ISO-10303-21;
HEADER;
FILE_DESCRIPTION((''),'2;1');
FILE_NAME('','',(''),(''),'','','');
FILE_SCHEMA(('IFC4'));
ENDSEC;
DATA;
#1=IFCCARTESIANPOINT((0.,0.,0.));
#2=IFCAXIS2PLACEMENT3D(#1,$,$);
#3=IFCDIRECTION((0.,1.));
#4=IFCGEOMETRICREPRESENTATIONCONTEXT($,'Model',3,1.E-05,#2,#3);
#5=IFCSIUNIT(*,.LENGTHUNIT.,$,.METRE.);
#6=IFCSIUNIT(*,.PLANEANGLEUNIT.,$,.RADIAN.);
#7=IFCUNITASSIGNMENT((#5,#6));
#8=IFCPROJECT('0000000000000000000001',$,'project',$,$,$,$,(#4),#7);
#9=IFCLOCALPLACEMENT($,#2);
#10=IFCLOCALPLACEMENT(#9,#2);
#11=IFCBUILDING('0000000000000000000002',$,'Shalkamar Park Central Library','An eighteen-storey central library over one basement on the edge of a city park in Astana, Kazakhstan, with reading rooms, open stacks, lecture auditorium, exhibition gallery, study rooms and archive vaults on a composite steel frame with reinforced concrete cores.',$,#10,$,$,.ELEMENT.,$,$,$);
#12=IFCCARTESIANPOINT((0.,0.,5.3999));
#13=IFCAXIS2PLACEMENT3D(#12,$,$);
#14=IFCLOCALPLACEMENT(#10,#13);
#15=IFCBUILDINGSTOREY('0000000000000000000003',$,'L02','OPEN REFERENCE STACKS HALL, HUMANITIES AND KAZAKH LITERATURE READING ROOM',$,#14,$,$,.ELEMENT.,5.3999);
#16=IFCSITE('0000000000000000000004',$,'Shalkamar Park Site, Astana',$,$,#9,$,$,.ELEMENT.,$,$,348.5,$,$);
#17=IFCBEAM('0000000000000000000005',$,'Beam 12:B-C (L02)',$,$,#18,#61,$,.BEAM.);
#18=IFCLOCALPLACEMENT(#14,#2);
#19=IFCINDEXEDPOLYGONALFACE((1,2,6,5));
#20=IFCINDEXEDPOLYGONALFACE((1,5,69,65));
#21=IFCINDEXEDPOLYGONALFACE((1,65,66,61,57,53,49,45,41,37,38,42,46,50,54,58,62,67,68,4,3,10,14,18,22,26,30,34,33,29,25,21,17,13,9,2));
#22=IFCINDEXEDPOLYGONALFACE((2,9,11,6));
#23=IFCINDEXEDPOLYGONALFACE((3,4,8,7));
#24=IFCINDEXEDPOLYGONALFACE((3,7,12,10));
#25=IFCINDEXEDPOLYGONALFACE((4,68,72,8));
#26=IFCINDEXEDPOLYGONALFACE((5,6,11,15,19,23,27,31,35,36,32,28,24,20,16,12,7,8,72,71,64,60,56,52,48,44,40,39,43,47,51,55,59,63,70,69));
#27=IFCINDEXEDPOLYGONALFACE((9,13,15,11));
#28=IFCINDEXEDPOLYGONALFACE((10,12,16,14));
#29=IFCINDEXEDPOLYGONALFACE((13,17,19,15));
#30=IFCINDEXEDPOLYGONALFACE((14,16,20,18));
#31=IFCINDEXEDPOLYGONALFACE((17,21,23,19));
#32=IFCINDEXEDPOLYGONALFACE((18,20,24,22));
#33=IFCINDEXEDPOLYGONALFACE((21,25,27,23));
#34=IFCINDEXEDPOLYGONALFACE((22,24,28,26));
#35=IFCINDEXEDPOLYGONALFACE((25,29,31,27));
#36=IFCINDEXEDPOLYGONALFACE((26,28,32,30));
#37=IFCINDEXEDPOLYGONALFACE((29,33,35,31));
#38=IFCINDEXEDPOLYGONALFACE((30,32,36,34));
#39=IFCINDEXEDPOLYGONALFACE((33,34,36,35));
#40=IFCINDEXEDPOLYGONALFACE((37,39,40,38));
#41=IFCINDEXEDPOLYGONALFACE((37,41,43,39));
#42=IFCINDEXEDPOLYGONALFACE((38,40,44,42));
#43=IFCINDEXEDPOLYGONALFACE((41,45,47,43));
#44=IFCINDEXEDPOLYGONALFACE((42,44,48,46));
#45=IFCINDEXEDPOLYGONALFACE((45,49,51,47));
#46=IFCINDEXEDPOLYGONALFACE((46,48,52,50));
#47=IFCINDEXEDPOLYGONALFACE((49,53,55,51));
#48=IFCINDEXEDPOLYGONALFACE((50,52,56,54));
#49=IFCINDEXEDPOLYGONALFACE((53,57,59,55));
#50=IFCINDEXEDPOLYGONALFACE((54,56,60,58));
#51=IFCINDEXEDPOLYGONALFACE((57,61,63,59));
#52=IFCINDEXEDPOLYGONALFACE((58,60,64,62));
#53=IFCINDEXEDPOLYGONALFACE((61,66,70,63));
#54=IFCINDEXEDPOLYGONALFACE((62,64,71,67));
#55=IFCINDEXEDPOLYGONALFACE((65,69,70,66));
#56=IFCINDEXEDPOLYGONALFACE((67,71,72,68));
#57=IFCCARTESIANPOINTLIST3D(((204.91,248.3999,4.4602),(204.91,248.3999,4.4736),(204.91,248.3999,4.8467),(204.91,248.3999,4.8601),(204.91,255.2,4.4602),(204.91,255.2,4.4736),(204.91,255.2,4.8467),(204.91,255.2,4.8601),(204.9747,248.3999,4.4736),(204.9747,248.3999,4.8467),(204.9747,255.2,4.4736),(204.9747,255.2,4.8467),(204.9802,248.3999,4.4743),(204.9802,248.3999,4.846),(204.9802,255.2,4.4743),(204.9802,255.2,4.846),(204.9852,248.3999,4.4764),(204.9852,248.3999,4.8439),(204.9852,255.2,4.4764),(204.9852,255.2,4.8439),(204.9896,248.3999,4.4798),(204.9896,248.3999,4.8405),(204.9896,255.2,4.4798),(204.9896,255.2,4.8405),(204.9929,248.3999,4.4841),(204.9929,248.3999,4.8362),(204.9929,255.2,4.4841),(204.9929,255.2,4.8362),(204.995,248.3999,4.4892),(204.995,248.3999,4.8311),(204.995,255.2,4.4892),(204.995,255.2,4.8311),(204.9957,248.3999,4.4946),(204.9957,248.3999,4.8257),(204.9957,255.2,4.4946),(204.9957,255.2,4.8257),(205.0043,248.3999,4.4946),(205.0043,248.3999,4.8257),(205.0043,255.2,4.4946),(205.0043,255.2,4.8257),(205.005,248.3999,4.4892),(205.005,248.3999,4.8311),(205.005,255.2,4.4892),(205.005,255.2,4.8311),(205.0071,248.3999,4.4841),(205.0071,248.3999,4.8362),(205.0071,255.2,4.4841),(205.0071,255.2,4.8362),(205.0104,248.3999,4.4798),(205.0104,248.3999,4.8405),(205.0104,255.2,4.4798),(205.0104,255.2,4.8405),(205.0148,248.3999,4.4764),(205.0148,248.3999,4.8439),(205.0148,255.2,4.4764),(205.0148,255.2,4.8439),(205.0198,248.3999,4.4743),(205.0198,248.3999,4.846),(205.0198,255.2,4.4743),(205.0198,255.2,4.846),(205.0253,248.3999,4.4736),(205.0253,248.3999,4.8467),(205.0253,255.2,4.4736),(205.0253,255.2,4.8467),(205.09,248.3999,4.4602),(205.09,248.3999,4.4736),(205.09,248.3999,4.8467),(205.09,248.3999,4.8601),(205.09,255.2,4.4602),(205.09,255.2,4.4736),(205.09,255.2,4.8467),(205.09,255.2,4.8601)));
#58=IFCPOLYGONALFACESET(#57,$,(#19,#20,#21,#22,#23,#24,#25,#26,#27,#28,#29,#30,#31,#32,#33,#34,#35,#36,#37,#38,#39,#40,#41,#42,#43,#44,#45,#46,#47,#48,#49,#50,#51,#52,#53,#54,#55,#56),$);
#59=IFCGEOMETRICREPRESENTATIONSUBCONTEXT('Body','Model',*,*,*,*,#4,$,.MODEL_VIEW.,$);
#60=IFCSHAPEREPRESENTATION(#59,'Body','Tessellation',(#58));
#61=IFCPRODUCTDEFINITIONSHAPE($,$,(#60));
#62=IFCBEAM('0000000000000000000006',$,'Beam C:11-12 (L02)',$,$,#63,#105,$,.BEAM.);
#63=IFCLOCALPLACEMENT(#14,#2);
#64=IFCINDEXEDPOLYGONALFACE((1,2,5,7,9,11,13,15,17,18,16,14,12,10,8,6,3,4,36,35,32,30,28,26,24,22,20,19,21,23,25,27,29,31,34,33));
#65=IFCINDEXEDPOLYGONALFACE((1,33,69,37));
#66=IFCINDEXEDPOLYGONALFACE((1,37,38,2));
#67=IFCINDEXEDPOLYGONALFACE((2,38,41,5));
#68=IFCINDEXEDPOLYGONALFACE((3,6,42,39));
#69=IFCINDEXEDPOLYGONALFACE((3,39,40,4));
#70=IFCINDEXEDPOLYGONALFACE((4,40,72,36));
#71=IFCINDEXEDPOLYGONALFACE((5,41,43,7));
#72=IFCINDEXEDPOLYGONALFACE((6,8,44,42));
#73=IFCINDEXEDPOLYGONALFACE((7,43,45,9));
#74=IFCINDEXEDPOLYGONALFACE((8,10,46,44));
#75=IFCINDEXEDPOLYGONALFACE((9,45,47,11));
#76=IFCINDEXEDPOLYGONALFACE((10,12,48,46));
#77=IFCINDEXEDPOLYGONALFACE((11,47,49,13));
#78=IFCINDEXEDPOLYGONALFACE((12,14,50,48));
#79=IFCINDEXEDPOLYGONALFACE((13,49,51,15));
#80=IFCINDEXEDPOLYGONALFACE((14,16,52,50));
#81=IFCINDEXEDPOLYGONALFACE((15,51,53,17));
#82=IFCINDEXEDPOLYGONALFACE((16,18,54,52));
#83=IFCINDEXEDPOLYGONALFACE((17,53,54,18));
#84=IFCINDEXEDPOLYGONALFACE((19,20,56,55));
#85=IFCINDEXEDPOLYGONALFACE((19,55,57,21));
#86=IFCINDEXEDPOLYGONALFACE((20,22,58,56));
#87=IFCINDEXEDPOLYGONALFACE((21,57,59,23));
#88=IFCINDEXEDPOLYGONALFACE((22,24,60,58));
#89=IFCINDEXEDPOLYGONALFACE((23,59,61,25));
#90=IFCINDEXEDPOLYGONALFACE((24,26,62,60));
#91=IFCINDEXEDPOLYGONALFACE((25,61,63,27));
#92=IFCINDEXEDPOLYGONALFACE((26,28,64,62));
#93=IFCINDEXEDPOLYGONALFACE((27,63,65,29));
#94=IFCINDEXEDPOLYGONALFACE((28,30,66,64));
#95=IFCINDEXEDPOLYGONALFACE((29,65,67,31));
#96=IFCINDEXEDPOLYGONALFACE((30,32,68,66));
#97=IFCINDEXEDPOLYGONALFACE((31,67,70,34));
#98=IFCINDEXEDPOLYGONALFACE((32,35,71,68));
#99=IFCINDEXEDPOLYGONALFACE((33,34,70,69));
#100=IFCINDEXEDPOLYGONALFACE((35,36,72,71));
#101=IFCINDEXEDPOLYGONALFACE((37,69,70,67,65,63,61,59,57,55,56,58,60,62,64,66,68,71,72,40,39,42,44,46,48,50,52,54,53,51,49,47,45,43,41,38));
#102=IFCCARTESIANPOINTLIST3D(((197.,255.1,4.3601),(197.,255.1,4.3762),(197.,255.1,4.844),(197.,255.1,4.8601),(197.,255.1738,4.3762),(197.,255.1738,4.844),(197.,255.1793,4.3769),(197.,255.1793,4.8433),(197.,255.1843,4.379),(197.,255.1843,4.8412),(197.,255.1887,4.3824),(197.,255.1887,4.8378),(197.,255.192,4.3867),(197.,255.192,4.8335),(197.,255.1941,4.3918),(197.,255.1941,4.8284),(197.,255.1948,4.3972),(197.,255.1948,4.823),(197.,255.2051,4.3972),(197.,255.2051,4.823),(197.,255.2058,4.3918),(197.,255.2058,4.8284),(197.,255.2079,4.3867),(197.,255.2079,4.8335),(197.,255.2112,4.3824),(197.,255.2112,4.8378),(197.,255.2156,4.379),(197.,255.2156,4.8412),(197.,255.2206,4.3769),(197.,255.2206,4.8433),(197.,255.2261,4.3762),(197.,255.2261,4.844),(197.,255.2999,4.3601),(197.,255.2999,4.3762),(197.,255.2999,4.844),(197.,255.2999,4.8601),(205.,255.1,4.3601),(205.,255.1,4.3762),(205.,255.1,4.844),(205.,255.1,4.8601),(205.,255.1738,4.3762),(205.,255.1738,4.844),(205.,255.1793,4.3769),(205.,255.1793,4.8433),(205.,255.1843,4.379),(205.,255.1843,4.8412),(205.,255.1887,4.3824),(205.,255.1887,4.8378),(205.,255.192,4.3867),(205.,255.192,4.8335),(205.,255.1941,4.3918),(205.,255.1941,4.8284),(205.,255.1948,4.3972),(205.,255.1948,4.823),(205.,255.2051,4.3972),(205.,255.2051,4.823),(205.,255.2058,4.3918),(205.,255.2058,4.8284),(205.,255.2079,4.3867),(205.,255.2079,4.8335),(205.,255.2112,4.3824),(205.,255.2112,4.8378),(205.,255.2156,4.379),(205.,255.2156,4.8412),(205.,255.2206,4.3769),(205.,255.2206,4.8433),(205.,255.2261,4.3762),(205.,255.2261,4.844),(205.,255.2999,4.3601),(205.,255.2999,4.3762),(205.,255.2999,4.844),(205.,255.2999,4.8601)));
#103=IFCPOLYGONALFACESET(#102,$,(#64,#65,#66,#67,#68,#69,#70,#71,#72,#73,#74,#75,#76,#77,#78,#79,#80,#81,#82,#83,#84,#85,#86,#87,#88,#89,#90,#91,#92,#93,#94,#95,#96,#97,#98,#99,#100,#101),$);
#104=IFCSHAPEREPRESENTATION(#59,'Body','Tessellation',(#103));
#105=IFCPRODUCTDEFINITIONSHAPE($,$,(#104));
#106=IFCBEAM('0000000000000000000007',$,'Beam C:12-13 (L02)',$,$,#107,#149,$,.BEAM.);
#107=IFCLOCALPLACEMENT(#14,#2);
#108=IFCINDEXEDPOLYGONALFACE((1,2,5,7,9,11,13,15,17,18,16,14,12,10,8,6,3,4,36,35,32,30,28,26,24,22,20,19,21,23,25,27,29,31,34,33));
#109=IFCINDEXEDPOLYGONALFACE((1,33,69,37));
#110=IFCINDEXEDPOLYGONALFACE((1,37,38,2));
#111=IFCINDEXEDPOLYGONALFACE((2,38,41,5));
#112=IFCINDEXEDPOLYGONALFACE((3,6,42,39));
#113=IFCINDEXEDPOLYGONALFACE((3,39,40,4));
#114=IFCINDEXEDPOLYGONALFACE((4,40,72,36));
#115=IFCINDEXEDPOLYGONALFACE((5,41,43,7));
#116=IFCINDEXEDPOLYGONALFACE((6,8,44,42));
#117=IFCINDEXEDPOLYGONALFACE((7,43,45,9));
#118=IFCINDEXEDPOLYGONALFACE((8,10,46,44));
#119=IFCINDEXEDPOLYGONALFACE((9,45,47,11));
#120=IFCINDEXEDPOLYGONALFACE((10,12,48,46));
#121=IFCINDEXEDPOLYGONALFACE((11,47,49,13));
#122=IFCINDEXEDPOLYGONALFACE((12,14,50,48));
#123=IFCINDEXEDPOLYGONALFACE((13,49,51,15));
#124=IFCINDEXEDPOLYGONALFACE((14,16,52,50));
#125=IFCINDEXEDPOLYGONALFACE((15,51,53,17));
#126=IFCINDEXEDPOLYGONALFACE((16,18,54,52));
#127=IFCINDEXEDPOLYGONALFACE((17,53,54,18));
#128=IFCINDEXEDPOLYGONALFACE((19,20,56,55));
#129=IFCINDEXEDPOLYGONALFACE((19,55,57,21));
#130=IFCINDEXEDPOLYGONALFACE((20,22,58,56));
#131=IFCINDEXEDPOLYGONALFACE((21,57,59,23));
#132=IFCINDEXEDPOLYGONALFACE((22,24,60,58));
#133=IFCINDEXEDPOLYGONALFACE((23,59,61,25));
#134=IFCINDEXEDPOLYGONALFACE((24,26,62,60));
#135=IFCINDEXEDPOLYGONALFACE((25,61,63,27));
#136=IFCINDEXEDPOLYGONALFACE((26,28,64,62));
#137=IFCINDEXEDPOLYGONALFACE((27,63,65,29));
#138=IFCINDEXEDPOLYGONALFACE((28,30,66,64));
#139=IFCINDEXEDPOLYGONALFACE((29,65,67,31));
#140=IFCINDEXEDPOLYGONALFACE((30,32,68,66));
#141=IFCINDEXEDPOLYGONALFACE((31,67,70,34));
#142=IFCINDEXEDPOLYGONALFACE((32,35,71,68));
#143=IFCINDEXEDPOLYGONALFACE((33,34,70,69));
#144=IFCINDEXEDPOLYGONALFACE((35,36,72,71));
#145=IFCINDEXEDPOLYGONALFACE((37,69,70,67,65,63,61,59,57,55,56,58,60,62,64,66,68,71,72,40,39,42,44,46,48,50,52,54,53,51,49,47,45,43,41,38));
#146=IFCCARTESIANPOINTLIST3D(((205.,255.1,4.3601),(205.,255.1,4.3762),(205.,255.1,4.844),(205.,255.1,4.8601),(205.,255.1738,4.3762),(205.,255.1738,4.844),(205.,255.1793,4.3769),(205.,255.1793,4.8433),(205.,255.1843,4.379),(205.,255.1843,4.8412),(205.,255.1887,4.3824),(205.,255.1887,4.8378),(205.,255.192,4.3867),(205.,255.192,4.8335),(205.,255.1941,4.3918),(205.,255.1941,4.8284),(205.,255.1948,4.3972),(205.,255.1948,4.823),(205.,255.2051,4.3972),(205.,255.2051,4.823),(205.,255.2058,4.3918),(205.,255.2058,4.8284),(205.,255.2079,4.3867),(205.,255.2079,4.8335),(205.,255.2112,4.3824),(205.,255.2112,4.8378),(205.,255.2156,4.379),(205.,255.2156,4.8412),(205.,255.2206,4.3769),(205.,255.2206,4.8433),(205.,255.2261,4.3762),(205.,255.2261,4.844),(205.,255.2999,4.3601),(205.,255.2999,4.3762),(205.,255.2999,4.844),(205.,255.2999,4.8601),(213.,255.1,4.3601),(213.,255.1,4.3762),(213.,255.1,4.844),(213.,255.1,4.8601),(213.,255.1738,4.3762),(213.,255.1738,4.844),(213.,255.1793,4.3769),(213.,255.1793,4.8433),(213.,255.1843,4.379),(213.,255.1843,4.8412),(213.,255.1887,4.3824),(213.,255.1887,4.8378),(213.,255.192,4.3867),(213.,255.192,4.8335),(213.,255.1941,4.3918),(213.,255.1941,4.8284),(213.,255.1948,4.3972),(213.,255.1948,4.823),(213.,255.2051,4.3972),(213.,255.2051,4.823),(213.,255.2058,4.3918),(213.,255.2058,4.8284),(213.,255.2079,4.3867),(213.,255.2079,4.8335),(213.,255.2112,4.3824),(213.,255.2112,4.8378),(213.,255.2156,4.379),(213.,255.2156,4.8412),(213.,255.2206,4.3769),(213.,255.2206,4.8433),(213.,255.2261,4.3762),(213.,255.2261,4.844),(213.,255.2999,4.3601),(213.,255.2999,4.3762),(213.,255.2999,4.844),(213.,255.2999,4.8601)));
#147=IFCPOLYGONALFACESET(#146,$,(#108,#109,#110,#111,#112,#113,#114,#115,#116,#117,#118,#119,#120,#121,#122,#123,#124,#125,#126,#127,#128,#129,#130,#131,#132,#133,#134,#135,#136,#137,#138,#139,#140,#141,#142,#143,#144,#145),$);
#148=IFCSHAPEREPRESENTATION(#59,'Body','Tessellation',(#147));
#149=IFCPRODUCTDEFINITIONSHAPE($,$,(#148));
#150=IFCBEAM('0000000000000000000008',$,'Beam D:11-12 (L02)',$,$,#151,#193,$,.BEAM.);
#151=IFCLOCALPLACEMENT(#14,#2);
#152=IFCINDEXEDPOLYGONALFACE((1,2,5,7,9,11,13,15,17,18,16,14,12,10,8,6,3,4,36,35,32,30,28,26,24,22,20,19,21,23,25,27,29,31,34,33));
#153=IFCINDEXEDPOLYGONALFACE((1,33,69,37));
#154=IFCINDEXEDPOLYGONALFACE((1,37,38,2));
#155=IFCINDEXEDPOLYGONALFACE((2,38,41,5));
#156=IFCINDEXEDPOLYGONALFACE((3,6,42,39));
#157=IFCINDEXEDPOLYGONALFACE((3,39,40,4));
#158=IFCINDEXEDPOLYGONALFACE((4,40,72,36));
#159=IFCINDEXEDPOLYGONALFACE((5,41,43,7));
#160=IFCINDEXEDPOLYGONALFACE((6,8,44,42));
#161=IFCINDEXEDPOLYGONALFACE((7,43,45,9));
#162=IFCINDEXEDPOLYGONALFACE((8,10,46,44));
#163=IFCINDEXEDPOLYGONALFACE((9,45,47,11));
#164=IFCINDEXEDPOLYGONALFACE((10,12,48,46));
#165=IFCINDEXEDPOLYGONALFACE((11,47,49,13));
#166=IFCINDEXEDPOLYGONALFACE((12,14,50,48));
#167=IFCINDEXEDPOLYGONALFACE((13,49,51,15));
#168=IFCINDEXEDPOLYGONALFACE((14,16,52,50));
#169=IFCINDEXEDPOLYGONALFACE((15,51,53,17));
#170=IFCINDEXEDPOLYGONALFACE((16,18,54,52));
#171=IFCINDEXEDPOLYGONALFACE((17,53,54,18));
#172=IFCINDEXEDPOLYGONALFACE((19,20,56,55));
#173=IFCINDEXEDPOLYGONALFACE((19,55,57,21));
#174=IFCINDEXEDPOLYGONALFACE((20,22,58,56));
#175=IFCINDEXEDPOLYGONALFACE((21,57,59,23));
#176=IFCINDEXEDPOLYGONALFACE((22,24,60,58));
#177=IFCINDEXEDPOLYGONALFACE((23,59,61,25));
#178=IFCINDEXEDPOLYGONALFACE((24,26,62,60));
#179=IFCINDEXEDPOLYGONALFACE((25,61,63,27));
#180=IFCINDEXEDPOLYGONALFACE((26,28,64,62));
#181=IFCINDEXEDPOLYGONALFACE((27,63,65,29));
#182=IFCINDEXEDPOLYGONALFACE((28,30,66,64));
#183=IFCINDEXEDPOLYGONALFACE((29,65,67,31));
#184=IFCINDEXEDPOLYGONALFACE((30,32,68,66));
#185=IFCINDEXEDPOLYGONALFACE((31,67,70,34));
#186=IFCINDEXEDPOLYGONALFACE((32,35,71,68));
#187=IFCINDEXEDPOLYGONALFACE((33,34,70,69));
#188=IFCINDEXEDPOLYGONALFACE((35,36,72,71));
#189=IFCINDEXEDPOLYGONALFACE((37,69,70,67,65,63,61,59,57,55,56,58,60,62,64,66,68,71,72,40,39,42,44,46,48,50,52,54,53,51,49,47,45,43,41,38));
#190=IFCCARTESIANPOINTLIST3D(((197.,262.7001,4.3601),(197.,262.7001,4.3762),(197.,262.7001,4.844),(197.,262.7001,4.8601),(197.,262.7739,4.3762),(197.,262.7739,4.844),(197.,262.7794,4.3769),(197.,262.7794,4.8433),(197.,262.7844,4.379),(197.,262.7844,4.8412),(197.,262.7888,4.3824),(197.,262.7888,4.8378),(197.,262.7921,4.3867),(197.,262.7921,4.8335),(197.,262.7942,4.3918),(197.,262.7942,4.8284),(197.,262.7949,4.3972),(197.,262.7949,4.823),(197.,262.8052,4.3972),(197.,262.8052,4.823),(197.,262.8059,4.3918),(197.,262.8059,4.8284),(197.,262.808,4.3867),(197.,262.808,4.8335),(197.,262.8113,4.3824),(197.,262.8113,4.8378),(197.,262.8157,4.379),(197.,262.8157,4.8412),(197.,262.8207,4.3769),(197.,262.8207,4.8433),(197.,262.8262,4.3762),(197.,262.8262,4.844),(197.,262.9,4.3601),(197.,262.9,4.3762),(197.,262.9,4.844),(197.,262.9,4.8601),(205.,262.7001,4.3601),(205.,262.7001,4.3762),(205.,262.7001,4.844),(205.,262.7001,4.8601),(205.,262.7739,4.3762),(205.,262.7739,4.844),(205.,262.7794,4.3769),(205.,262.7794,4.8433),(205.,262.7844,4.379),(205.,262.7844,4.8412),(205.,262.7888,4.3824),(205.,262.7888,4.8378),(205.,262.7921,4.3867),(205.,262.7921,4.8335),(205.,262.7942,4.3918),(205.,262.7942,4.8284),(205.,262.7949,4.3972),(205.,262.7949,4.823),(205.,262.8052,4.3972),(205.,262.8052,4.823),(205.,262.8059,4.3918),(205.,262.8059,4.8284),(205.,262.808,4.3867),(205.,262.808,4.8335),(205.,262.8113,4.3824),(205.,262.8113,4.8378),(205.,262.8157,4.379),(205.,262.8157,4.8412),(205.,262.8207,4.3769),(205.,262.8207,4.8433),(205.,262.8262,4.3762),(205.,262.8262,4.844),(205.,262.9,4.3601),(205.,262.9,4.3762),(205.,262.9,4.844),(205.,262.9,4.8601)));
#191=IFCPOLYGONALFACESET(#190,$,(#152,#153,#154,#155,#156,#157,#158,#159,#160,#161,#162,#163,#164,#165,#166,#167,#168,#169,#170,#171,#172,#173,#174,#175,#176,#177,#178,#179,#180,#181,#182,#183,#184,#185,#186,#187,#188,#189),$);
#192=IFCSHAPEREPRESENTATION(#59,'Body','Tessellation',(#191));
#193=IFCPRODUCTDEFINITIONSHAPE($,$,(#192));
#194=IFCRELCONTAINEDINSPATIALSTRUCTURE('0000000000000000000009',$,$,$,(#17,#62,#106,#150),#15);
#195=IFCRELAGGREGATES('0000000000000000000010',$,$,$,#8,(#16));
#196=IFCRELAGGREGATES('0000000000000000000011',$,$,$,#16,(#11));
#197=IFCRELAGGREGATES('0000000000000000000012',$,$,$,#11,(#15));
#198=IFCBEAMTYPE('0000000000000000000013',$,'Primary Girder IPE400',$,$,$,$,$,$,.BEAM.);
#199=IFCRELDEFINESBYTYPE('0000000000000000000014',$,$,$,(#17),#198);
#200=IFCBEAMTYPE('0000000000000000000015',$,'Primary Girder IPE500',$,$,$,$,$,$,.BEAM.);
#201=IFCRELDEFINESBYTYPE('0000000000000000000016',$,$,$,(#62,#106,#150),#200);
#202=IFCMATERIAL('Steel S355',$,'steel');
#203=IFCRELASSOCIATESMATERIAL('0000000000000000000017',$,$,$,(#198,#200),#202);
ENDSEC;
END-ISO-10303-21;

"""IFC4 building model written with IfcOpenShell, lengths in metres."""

from ifc_helpers import new_model, si_unit, direction, frame, origin, origin_2d, place, context, subcontext, project, spatial, i_section, extrude, material, material_profile, profile_set, type_object, element, save


model = new_model("IFC4")

# Units and contexts
model_context = context("Model", 3, precision=1e-05, world=origin(), true_north=direction((0.0, 1.0)))
body_context = subcontext(model_context, "Body", "Model", "MODEL_VIEW")
ifc_project = project(units=[si_unit("LENGTHUNIT", "METRE"), si_unit("PLANEANGLEUNIT", "RADIAN")], contexts=[model_context])

# Site, building, storey
site_placement = place(None, origin())
site = spatial("IfcSite", under=ifc_project, at=site_placement, Name="Shalkamar Park Site, Astana", CompositionType="ELEMENT", RefElevation=348.5)
building_placement = place(site_placement, origin())
building = spatial("IfcBuilding", under=site, at=building_placement, Name="Shalkamar Park Central Library", Description="An eighteen-storey central library over one basement on the edge of a city park in Astana, Kazakhstan, with reading rooms, open stacks, lecture auditorium, exhibition gallery, study rooms and archive vaults on a composite steel frame with reinforced concrete cores.", CompositionType="ELEMENT")
storey_placement = place(building_placement, frame((0.0, 0.0, 5.3999)))
storey = spatial("IfcBuildingStorey", under=building, at=storey_placement, Name="L02", Description="OPEN REFERENCE STACKS HALL, HUMANITIES AND KAZAKH LITERATURE READING ROOM", CompositionType="ELEMENT", Elevation=5.3999)

# Shared definitions
ifc_material_1 = material(Name="Steel S355", Category="steel")

# Beams
ifc_material_profile_1 = material_profile(ifc_material_1, i_section(OverallWidth=0.1799, OverallDepth=0.3999, WebThickness=0.0085, FlangeThickness=0.0134, FilletRadius=0.021, at=origin_2d()), Name="IPE 400")
ifc_profile_set_1 = profile_set([ifc_material_profile_1], Name="Steel S355")
beam_type_1 = type_object("IfcBeamType", Name="Primary Girder IPE400", PredefinedType="BEAM", material=ifc_profile_set_1)
beam_1_placement = place(storey_placement, frame((205.0, 248.3999, 4.6602), z_axis=(0.0, 1.0, 0.0), x_axis=(-1.0, 0.0, 0.0)))
element("IfcBeam", 1, at=beam_1_placement, inside=storey, type_object=beam_type_1, Name="Beam 12:B-C (L02)", PredefinedType="BEAM", context=body_context, shape_type="SweptSolid", body=[
    extrude(i_section(OverallWidth=0.1799, OverallDepth=0.3999, WebThickness=0.0085, FlangeThickness=0.0134, FilletRadius=0.021, at=origin_2d()), origin(), (0.0, 0.0, 1.0), 6.8),
])
ifc_material_profile_2 = material_profile(ifc_material_1, i_section(OverallWidth=0.2, OverallDepth=0.5, WebThickness=0.0103, FlangeThickness=0.0161, FilletRadius=0.021, at=origin_2d()), Name="IPE 500")
ifc_profile_set_2 = profile_set([ifc_material_profile_2], Name="Steel S355")
beam_type_2 = type_object("IfcBeamType", Name="Primary Girder IPE500", PredefinedType="BEAM", material=ifc_profile_set_2)
for number, where, z_axis, x_axis, name in (
    (2, (197.0, 255.2, 4.6101), (1.0, 0.0, 0.0), (0.0, 1.0, 0.0), "Beam C:11-12 (L02)"),
    (3, (205.0, 255.2, 4.6101), (1.0, 0.0, 0.0), (0.0, 1.0, 0.0), "Beam C:12-13 (L02)"),
    (4, (197.0, 262.8, 4.6101), (1.0, 0.0, 0.0), (0.0, 1.0, 0.0), "Beam D:11-12 (L02)"),
):
    element("IfcBeam", number, at=place(storey_placement, frame(where, z_axis=z_axis, x_axis=x_axis)), inside=storey, type_object=beam_type_2, Name=name, PredefinedType="BEAM", context=body_context, shape_type="SweptSolid", body=[
        extrude(i_section(OverallWidth=0.2, OverallDepth=0.5, WebThickness=0.0103, FlangeThickness=0.0161, FilletRadius=0.021, at=origin_2d()), origin(), (0.0, 0.0, 1.0), 8.0),
    ])

save(model, "model.ifc")
